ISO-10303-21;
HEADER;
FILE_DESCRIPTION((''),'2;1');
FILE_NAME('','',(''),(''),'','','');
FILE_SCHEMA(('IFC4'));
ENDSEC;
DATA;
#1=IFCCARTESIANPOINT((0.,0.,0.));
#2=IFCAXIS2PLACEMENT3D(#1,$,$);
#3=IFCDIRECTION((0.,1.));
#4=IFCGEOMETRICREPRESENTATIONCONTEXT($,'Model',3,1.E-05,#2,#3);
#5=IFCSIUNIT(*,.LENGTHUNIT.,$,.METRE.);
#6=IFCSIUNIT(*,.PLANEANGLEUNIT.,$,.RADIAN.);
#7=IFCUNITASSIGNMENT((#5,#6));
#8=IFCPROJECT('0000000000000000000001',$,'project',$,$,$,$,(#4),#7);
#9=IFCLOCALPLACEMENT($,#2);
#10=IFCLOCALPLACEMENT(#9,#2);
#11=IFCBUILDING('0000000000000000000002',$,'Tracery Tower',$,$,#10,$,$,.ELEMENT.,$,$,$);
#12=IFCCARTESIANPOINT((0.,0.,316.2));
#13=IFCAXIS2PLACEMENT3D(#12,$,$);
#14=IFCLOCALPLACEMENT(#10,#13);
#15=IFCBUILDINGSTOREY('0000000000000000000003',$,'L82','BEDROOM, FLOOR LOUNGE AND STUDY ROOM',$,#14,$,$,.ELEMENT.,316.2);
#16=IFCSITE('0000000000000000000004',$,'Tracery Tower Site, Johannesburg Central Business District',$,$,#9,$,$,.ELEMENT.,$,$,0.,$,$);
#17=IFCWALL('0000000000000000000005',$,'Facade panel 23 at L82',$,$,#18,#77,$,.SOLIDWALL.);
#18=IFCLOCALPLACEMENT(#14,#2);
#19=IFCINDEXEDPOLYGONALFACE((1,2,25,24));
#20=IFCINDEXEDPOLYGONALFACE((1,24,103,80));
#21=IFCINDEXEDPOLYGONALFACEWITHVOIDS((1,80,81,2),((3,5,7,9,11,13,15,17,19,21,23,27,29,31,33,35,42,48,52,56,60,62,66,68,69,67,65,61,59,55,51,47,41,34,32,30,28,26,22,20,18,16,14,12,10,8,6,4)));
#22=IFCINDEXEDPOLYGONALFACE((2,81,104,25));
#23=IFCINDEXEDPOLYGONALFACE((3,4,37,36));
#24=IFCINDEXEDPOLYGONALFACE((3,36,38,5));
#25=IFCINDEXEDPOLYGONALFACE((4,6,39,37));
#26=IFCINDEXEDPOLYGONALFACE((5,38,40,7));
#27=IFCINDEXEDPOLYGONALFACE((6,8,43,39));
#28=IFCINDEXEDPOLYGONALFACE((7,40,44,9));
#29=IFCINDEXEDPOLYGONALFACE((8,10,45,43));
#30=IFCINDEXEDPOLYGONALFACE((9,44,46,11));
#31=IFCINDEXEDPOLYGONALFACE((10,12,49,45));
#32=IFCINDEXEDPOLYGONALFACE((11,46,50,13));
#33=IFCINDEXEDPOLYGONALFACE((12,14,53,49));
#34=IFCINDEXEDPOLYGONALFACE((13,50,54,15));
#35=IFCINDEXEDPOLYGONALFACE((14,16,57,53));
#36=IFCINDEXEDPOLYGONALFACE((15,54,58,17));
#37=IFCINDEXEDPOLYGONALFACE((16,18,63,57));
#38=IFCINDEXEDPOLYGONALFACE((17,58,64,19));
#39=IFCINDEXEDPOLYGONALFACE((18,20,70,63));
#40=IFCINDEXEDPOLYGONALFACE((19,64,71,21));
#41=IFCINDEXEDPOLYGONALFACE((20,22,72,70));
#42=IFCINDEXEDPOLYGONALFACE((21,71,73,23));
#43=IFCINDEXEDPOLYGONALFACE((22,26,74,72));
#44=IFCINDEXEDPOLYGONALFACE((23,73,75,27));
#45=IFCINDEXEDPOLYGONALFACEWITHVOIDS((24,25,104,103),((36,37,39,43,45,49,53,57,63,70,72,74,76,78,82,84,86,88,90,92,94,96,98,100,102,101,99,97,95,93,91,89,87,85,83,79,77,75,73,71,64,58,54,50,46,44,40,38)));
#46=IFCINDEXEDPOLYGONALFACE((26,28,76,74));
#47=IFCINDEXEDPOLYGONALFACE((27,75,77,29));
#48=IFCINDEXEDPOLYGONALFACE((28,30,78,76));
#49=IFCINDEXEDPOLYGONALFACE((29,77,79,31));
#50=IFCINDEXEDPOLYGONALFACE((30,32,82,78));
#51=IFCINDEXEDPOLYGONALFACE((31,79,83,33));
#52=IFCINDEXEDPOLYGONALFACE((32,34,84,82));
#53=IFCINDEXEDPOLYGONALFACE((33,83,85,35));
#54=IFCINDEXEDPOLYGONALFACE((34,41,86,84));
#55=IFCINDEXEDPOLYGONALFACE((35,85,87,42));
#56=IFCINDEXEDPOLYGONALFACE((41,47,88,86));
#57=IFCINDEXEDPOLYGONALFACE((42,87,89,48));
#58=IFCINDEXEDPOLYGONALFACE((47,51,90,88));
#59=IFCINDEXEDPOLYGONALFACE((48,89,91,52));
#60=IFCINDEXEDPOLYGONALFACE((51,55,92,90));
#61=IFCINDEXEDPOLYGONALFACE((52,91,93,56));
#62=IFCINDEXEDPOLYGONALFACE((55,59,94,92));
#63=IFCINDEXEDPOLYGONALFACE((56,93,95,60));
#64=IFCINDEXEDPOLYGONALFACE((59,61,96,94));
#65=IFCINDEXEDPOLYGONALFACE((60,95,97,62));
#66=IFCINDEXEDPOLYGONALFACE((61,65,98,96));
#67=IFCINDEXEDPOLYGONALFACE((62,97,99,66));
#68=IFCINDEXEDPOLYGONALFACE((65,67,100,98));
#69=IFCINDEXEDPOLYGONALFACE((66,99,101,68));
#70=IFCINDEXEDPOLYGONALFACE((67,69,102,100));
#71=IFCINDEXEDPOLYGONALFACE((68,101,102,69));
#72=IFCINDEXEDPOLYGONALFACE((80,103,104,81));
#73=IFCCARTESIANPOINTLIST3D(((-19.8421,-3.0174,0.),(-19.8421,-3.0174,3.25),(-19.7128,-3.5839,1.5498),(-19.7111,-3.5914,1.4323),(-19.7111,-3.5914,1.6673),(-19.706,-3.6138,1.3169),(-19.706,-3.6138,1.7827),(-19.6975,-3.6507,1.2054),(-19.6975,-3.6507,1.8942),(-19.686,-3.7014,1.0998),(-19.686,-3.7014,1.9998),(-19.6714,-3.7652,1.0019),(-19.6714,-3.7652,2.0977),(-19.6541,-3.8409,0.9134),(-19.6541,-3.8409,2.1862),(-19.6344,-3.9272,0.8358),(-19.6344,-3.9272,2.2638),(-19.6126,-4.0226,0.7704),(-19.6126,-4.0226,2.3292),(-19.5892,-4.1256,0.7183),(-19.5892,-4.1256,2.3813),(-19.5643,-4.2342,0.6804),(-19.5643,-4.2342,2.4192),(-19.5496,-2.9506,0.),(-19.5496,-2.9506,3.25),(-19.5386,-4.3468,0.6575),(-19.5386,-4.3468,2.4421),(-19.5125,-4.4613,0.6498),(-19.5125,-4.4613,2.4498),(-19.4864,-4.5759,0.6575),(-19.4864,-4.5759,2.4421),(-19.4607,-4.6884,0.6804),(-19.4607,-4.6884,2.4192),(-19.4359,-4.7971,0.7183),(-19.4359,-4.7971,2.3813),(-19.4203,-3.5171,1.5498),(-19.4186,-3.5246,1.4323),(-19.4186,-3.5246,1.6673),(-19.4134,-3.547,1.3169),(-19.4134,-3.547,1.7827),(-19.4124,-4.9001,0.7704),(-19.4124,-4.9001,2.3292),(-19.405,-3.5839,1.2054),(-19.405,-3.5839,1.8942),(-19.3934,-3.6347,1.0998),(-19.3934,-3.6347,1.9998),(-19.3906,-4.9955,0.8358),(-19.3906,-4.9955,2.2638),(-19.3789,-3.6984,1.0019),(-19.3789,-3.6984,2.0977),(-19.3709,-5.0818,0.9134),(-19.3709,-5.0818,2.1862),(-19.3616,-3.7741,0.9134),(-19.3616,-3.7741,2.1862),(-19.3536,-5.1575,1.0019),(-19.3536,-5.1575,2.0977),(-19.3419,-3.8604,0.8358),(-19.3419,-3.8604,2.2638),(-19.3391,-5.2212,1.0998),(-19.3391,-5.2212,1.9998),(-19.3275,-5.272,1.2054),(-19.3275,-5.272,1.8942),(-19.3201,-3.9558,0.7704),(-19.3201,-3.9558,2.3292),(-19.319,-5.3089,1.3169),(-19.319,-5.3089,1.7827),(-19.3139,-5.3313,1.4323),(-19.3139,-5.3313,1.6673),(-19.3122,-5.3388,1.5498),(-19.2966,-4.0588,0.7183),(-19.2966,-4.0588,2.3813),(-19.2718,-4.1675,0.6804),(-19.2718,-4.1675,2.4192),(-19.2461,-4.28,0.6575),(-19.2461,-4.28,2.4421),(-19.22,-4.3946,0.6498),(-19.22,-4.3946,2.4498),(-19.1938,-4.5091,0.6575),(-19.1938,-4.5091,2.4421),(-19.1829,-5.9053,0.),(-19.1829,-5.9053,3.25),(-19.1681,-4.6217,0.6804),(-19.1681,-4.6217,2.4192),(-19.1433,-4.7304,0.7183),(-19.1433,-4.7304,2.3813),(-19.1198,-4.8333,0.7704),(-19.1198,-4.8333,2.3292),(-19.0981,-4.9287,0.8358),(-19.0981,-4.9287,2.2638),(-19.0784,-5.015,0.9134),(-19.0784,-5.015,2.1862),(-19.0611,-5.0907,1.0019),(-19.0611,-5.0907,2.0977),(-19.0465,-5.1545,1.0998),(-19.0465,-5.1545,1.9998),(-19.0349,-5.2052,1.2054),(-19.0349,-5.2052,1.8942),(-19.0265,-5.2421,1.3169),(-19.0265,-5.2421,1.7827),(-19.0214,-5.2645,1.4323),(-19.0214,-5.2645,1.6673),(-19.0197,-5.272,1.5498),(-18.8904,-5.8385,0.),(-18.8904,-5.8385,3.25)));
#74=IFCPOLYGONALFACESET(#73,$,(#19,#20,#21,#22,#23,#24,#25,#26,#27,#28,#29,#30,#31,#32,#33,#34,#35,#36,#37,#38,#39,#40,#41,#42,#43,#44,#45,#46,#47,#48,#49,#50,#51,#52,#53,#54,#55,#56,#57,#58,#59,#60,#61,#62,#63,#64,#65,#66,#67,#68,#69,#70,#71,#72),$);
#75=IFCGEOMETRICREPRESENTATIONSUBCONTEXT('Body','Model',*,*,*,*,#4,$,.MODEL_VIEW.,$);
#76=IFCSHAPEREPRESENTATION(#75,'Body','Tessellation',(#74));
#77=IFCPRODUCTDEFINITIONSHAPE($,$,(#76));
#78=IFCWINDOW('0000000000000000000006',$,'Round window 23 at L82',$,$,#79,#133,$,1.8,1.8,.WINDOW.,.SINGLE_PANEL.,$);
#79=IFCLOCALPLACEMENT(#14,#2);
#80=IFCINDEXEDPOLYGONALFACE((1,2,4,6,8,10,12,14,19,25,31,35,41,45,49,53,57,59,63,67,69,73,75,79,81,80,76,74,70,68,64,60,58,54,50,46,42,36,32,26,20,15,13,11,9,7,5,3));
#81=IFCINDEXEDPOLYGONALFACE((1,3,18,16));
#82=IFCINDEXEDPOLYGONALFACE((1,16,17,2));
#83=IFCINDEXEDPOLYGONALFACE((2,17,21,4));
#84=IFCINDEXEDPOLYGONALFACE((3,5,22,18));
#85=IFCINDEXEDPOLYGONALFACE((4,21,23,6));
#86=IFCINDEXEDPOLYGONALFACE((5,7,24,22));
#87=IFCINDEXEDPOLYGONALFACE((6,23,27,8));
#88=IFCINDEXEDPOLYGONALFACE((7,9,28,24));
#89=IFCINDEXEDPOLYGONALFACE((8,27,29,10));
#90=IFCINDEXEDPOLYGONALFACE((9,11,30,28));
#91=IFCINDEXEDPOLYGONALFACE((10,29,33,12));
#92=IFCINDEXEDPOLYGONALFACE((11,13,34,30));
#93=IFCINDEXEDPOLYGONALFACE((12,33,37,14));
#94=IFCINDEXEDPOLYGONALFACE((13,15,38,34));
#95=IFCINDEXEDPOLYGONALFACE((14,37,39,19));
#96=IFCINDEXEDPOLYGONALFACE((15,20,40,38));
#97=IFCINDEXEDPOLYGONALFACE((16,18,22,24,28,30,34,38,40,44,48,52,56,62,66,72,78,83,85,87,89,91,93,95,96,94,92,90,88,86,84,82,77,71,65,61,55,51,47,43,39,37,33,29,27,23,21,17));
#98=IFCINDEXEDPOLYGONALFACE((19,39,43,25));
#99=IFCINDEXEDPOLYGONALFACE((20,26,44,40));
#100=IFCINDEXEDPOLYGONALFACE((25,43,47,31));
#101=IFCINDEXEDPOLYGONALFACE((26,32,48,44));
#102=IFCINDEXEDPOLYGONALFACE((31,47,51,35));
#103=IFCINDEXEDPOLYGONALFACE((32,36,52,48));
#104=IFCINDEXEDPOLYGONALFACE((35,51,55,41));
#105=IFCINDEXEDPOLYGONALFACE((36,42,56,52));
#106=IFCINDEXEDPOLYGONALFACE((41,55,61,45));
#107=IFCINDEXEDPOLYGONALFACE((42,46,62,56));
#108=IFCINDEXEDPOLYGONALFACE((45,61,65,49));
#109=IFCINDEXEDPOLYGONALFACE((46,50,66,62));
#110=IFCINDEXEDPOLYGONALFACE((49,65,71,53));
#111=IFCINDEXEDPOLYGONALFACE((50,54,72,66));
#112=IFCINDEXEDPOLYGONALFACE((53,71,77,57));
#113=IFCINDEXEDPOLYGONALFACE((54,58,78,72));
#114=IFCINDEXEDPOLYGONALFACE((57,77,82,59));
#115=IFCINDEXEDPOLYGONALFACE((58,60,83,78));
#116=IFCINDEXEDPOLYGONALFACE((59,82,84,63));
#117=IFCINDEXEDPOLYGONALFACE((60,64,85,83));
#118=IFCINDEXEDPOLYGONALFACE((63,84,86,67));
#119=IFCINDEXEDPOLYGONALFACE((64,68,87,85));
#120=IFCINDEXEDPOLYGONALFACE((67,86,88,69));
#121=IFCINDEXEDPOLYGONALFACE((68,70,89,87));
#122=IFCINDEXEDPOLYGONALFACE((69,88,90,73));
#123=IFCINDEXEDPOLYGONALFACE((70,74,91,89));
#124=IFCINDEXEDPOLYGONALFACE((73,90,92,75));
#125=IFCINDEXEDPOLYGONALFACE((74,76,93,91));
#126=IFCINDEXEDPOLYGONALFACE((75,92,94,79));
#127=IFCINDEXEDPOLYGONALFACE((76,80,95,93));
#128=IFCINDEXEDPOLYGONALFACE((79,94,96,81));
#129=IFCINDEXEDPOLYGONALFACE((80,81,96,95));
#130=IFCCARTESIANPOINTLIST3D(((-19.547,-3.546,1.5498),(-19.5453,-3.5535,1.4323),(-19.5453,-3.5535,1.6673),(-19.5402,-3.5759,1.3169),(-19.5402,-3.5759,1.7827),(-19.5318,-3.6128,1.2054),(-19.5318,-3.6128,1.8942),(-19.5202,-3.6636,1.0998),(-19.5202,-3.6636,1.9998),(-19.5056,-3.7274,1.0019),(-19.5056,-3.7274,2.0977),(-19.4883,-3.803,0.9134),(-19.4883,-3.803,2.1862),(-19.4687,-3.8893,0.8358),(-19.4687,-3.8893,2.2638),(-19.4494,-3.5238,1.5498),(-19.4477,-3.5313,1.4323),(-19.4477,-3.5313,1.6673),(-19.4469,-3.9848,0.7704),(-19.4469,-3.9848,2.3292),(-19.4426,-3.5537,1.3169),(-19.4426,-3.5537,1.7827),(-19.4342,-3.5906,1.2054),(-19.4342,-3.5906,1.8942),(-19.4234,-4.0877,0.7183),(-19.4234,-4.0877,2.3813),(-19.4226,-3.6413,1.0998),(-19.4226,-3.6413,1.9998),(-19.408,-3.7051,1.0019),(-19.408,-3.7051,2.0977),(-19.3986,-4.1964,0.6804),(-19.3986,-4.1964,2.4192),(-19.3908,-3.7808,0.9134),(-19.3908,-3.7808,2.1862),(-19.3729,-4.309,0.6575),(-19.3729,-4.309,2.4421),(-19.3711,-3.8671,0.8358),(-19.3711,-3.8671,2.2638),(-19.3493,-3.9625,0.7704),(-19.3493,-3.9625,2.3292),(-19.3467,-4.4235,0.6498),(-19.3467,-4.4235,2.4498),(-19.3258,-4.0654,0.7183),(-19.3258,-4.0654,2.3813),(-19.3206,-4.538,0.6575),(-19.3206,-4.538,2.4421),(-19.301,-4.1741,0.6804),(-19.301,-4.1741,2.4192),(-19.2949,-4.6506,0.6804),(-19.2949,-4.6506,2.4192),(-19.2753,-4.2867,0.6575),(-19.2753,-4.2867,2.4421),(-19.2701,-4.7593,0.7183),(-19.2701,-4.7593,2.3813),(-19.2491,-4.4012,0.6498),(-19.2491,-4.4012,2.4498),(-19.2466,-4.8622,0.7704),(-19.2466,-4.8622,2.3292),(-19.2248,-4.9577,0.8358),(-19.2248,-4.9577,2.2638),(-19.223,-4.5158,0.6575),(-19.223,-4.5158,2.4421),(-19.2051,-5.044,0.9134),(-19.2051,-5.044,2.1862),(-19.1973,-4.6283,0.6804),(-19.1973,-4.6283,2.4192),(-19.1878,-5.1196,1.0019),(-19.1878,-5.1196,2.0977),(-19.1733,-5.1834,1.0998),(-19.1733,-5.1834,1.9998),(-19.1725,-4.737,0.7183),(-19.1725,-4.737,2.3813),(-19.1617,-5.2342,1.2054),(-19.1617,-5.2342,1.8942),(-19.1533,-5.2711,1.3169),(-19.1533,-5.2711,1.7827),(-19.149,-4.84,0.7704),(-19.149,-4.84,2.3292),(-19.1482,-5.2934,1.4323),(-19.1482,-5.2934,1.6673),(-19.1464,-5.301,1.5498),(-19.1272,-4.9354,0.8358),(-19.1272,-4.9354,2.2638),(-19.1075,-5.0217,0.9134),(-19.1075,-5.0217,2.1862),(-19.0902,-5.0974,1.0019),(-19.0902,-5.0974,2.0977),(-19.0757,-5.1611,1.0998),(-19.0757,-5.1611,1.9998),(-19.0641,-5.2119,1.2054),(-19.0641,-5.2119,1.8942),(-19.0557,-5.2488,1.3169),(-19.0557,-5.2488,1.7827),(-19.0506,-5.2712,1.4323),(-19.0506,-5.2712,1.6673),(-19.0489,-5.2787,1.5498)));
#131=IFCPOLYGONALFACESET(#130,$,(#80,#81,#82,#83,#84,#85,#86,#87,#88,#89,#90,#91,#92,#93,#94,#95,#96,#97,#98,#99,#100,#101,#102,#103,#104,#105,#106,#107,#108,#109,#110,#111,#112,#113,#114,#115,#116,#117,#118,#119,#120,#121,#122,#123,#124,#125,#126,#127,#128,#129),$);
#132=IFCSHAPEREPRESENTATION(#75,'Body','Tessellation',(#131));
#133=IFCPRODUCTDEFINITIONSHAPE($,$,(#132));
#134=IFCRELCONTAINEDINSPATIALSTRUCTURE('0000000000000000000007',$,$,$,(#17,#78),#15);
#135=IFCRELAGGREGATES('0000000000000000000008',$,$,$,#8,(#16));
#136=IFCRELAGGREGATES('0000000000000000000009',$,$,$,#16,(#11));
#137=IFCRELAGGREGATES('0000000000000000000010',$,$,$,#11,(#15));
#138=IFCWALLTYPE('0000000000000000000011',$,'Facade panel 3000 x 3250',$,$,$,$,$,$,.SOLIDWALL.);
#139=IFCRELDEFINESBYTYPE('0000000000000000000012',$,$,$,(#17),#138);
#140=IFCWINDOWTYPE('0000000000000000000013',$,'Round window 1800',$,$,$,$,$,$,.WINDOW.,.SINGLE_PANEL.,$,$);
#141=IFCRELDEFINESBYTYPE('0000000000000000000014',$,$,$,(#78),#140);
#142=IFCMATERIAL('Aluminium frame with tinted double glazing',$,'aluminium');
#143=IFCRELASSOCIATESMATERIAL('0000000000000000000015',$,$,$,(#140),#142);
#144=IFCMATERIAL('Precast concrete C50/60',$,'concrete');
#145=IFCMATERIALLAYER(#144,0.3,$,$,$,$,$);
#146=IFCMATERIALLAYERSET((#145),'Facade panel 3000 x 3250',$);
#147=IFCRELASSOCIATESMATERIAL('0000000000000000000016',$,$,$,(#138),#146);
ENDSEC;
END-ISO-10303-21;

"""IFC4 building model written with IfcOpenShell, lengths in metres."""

from ifc_helpers import new_model, si_unit, direction, frame, frame_2d, origin, origin_2d, place, context, subcontext, project, spatial, rectangle, circle, extrude, material, layer, layer_set, type_object, element, fill, save


model = new_model("IFC4")

# Units and contexts
model_context = context("Model", 3, precision=1e-05, world=origin(), true_north=direction((0.0, 1.0)))
body_context = subcontext(model_context, "Body", "Model", "MODEL_VIEW")
ifc_project = project(units=[si_unit("LENGTHUNIT", "METRE"), si_unit("PLANEANGLEUNIT", "RADIAN")], contexts=[model_context])

# Site, building, storey
site_placement = place(None, origin())
site = spatial("IfcSite", under=ifc_project, at=site_placement, Name="Tracery Tower Site, Johannesburg Central Business District", CompositionType="ELEMENT", RefElevation=0.0)
building_placement = place(site_placement, origin())
building = spatial("IfcBuilding", under=site, at=building_placement, Name="Tracery Tower", CompositionType="ELEMENT")
storey_placement = place(building_placement, frame((0.0, 0.0, 316.2)))
storey = spatial("IfcBuildingStorey", under=building, at=storey_placement, Name="L82", Description="BEDROOM, FLOOR LOUNGE AND STUDY ROOM", CompositionType="ELEMENT", Elevation=316.2)

# Wall, opening, window
ifc_material_1 = material(Name="Aluminium frame with tinted double glazing", Category="aluminium")
window_type = type_object("IfcWindowType", Name="Round window 1800", PartitioningType="SINGLE_PANEL", PredefinedType="WINDOW", material=ifc_material_1)
ifc_material_2 = material(Name="Precast concrete C50/60", Category="concrete")
ifc_layer_1 = layer(ifc_material_2, 0.3)
ifc_layer_set_1 = layer_set([ifc_layer_1], Name="Facade panel 3000 x 3250")
wall_type_1 = type_object("IfcWallType", Name="Facade panel 3000 x 3250", PredefinedType="SOLIDWALL", material=ifc_layer_set_1)
wall_1_placement = place(storey_placement, frame((-19.6958, -2.9841, 0.0), z_axis=(0.0, 0.0, 1.0), x_axis=(0.222529, -0.974926, 0.0)))
wall_1 = element("IfcWall", 1, at=wall_1_placement, inside=storey, type_object=wall_type_1, Name="Facade panel 23 at L82", PredefinedType="SOLIDWALL", context=body_context, shape_type="SweptSolid", body=[
    extrude(rectangle(XDim=2.9622, YDim=0.3, at=frame_2d((1.481, 0.0))), origin(), (0.0, 0.0, 1.0), 3.25),
])
opening_1_placement = place(wall_1_placement, frame((1.481, 0.0, 1.5498)))
opening_1 = element("IfcOpeningElement", 2, at=opening_1_placement, cuts=wall_1, PredefinedType="OPENING", context=body_context, shape_type="SweptSolid", body=[
    extrude(circle(Radius=0.9, at=origin_2d()), frame((0.0, 0.1599, 0.0), z_axis=(0.0, -1.0, 0.0), x_axis=(1.0, 0.0, 0.0)), (0.0, 0.0, 1.0), 0.3201),
])
window_1_placement = place(opening_1_placement, origin())
window_1 = element("IfcWindow", 3, at=window_1_placement, inside=storey, type_object=window_type, Name="Round window 23 at L82", OverallHeight=1.8, OverallWidth=1.8, PartitioningType="SINGLE_PANEL", PredefinedType="WINDOW", context=body_context, shape_type="SweptSolid", body=[
    extrude(circle(Radius=0.9, at=origin_2d()), frame((0.0, 0.1201, 0.0), z_axis=(0.0, -1.0, 0.0), x_axis=(1.0, 0.0, 0.0)), (0.0, 0.0, 1.0), 0.1001),
])
fill(opening_1, window_1)

save(model, "model.ifc")
